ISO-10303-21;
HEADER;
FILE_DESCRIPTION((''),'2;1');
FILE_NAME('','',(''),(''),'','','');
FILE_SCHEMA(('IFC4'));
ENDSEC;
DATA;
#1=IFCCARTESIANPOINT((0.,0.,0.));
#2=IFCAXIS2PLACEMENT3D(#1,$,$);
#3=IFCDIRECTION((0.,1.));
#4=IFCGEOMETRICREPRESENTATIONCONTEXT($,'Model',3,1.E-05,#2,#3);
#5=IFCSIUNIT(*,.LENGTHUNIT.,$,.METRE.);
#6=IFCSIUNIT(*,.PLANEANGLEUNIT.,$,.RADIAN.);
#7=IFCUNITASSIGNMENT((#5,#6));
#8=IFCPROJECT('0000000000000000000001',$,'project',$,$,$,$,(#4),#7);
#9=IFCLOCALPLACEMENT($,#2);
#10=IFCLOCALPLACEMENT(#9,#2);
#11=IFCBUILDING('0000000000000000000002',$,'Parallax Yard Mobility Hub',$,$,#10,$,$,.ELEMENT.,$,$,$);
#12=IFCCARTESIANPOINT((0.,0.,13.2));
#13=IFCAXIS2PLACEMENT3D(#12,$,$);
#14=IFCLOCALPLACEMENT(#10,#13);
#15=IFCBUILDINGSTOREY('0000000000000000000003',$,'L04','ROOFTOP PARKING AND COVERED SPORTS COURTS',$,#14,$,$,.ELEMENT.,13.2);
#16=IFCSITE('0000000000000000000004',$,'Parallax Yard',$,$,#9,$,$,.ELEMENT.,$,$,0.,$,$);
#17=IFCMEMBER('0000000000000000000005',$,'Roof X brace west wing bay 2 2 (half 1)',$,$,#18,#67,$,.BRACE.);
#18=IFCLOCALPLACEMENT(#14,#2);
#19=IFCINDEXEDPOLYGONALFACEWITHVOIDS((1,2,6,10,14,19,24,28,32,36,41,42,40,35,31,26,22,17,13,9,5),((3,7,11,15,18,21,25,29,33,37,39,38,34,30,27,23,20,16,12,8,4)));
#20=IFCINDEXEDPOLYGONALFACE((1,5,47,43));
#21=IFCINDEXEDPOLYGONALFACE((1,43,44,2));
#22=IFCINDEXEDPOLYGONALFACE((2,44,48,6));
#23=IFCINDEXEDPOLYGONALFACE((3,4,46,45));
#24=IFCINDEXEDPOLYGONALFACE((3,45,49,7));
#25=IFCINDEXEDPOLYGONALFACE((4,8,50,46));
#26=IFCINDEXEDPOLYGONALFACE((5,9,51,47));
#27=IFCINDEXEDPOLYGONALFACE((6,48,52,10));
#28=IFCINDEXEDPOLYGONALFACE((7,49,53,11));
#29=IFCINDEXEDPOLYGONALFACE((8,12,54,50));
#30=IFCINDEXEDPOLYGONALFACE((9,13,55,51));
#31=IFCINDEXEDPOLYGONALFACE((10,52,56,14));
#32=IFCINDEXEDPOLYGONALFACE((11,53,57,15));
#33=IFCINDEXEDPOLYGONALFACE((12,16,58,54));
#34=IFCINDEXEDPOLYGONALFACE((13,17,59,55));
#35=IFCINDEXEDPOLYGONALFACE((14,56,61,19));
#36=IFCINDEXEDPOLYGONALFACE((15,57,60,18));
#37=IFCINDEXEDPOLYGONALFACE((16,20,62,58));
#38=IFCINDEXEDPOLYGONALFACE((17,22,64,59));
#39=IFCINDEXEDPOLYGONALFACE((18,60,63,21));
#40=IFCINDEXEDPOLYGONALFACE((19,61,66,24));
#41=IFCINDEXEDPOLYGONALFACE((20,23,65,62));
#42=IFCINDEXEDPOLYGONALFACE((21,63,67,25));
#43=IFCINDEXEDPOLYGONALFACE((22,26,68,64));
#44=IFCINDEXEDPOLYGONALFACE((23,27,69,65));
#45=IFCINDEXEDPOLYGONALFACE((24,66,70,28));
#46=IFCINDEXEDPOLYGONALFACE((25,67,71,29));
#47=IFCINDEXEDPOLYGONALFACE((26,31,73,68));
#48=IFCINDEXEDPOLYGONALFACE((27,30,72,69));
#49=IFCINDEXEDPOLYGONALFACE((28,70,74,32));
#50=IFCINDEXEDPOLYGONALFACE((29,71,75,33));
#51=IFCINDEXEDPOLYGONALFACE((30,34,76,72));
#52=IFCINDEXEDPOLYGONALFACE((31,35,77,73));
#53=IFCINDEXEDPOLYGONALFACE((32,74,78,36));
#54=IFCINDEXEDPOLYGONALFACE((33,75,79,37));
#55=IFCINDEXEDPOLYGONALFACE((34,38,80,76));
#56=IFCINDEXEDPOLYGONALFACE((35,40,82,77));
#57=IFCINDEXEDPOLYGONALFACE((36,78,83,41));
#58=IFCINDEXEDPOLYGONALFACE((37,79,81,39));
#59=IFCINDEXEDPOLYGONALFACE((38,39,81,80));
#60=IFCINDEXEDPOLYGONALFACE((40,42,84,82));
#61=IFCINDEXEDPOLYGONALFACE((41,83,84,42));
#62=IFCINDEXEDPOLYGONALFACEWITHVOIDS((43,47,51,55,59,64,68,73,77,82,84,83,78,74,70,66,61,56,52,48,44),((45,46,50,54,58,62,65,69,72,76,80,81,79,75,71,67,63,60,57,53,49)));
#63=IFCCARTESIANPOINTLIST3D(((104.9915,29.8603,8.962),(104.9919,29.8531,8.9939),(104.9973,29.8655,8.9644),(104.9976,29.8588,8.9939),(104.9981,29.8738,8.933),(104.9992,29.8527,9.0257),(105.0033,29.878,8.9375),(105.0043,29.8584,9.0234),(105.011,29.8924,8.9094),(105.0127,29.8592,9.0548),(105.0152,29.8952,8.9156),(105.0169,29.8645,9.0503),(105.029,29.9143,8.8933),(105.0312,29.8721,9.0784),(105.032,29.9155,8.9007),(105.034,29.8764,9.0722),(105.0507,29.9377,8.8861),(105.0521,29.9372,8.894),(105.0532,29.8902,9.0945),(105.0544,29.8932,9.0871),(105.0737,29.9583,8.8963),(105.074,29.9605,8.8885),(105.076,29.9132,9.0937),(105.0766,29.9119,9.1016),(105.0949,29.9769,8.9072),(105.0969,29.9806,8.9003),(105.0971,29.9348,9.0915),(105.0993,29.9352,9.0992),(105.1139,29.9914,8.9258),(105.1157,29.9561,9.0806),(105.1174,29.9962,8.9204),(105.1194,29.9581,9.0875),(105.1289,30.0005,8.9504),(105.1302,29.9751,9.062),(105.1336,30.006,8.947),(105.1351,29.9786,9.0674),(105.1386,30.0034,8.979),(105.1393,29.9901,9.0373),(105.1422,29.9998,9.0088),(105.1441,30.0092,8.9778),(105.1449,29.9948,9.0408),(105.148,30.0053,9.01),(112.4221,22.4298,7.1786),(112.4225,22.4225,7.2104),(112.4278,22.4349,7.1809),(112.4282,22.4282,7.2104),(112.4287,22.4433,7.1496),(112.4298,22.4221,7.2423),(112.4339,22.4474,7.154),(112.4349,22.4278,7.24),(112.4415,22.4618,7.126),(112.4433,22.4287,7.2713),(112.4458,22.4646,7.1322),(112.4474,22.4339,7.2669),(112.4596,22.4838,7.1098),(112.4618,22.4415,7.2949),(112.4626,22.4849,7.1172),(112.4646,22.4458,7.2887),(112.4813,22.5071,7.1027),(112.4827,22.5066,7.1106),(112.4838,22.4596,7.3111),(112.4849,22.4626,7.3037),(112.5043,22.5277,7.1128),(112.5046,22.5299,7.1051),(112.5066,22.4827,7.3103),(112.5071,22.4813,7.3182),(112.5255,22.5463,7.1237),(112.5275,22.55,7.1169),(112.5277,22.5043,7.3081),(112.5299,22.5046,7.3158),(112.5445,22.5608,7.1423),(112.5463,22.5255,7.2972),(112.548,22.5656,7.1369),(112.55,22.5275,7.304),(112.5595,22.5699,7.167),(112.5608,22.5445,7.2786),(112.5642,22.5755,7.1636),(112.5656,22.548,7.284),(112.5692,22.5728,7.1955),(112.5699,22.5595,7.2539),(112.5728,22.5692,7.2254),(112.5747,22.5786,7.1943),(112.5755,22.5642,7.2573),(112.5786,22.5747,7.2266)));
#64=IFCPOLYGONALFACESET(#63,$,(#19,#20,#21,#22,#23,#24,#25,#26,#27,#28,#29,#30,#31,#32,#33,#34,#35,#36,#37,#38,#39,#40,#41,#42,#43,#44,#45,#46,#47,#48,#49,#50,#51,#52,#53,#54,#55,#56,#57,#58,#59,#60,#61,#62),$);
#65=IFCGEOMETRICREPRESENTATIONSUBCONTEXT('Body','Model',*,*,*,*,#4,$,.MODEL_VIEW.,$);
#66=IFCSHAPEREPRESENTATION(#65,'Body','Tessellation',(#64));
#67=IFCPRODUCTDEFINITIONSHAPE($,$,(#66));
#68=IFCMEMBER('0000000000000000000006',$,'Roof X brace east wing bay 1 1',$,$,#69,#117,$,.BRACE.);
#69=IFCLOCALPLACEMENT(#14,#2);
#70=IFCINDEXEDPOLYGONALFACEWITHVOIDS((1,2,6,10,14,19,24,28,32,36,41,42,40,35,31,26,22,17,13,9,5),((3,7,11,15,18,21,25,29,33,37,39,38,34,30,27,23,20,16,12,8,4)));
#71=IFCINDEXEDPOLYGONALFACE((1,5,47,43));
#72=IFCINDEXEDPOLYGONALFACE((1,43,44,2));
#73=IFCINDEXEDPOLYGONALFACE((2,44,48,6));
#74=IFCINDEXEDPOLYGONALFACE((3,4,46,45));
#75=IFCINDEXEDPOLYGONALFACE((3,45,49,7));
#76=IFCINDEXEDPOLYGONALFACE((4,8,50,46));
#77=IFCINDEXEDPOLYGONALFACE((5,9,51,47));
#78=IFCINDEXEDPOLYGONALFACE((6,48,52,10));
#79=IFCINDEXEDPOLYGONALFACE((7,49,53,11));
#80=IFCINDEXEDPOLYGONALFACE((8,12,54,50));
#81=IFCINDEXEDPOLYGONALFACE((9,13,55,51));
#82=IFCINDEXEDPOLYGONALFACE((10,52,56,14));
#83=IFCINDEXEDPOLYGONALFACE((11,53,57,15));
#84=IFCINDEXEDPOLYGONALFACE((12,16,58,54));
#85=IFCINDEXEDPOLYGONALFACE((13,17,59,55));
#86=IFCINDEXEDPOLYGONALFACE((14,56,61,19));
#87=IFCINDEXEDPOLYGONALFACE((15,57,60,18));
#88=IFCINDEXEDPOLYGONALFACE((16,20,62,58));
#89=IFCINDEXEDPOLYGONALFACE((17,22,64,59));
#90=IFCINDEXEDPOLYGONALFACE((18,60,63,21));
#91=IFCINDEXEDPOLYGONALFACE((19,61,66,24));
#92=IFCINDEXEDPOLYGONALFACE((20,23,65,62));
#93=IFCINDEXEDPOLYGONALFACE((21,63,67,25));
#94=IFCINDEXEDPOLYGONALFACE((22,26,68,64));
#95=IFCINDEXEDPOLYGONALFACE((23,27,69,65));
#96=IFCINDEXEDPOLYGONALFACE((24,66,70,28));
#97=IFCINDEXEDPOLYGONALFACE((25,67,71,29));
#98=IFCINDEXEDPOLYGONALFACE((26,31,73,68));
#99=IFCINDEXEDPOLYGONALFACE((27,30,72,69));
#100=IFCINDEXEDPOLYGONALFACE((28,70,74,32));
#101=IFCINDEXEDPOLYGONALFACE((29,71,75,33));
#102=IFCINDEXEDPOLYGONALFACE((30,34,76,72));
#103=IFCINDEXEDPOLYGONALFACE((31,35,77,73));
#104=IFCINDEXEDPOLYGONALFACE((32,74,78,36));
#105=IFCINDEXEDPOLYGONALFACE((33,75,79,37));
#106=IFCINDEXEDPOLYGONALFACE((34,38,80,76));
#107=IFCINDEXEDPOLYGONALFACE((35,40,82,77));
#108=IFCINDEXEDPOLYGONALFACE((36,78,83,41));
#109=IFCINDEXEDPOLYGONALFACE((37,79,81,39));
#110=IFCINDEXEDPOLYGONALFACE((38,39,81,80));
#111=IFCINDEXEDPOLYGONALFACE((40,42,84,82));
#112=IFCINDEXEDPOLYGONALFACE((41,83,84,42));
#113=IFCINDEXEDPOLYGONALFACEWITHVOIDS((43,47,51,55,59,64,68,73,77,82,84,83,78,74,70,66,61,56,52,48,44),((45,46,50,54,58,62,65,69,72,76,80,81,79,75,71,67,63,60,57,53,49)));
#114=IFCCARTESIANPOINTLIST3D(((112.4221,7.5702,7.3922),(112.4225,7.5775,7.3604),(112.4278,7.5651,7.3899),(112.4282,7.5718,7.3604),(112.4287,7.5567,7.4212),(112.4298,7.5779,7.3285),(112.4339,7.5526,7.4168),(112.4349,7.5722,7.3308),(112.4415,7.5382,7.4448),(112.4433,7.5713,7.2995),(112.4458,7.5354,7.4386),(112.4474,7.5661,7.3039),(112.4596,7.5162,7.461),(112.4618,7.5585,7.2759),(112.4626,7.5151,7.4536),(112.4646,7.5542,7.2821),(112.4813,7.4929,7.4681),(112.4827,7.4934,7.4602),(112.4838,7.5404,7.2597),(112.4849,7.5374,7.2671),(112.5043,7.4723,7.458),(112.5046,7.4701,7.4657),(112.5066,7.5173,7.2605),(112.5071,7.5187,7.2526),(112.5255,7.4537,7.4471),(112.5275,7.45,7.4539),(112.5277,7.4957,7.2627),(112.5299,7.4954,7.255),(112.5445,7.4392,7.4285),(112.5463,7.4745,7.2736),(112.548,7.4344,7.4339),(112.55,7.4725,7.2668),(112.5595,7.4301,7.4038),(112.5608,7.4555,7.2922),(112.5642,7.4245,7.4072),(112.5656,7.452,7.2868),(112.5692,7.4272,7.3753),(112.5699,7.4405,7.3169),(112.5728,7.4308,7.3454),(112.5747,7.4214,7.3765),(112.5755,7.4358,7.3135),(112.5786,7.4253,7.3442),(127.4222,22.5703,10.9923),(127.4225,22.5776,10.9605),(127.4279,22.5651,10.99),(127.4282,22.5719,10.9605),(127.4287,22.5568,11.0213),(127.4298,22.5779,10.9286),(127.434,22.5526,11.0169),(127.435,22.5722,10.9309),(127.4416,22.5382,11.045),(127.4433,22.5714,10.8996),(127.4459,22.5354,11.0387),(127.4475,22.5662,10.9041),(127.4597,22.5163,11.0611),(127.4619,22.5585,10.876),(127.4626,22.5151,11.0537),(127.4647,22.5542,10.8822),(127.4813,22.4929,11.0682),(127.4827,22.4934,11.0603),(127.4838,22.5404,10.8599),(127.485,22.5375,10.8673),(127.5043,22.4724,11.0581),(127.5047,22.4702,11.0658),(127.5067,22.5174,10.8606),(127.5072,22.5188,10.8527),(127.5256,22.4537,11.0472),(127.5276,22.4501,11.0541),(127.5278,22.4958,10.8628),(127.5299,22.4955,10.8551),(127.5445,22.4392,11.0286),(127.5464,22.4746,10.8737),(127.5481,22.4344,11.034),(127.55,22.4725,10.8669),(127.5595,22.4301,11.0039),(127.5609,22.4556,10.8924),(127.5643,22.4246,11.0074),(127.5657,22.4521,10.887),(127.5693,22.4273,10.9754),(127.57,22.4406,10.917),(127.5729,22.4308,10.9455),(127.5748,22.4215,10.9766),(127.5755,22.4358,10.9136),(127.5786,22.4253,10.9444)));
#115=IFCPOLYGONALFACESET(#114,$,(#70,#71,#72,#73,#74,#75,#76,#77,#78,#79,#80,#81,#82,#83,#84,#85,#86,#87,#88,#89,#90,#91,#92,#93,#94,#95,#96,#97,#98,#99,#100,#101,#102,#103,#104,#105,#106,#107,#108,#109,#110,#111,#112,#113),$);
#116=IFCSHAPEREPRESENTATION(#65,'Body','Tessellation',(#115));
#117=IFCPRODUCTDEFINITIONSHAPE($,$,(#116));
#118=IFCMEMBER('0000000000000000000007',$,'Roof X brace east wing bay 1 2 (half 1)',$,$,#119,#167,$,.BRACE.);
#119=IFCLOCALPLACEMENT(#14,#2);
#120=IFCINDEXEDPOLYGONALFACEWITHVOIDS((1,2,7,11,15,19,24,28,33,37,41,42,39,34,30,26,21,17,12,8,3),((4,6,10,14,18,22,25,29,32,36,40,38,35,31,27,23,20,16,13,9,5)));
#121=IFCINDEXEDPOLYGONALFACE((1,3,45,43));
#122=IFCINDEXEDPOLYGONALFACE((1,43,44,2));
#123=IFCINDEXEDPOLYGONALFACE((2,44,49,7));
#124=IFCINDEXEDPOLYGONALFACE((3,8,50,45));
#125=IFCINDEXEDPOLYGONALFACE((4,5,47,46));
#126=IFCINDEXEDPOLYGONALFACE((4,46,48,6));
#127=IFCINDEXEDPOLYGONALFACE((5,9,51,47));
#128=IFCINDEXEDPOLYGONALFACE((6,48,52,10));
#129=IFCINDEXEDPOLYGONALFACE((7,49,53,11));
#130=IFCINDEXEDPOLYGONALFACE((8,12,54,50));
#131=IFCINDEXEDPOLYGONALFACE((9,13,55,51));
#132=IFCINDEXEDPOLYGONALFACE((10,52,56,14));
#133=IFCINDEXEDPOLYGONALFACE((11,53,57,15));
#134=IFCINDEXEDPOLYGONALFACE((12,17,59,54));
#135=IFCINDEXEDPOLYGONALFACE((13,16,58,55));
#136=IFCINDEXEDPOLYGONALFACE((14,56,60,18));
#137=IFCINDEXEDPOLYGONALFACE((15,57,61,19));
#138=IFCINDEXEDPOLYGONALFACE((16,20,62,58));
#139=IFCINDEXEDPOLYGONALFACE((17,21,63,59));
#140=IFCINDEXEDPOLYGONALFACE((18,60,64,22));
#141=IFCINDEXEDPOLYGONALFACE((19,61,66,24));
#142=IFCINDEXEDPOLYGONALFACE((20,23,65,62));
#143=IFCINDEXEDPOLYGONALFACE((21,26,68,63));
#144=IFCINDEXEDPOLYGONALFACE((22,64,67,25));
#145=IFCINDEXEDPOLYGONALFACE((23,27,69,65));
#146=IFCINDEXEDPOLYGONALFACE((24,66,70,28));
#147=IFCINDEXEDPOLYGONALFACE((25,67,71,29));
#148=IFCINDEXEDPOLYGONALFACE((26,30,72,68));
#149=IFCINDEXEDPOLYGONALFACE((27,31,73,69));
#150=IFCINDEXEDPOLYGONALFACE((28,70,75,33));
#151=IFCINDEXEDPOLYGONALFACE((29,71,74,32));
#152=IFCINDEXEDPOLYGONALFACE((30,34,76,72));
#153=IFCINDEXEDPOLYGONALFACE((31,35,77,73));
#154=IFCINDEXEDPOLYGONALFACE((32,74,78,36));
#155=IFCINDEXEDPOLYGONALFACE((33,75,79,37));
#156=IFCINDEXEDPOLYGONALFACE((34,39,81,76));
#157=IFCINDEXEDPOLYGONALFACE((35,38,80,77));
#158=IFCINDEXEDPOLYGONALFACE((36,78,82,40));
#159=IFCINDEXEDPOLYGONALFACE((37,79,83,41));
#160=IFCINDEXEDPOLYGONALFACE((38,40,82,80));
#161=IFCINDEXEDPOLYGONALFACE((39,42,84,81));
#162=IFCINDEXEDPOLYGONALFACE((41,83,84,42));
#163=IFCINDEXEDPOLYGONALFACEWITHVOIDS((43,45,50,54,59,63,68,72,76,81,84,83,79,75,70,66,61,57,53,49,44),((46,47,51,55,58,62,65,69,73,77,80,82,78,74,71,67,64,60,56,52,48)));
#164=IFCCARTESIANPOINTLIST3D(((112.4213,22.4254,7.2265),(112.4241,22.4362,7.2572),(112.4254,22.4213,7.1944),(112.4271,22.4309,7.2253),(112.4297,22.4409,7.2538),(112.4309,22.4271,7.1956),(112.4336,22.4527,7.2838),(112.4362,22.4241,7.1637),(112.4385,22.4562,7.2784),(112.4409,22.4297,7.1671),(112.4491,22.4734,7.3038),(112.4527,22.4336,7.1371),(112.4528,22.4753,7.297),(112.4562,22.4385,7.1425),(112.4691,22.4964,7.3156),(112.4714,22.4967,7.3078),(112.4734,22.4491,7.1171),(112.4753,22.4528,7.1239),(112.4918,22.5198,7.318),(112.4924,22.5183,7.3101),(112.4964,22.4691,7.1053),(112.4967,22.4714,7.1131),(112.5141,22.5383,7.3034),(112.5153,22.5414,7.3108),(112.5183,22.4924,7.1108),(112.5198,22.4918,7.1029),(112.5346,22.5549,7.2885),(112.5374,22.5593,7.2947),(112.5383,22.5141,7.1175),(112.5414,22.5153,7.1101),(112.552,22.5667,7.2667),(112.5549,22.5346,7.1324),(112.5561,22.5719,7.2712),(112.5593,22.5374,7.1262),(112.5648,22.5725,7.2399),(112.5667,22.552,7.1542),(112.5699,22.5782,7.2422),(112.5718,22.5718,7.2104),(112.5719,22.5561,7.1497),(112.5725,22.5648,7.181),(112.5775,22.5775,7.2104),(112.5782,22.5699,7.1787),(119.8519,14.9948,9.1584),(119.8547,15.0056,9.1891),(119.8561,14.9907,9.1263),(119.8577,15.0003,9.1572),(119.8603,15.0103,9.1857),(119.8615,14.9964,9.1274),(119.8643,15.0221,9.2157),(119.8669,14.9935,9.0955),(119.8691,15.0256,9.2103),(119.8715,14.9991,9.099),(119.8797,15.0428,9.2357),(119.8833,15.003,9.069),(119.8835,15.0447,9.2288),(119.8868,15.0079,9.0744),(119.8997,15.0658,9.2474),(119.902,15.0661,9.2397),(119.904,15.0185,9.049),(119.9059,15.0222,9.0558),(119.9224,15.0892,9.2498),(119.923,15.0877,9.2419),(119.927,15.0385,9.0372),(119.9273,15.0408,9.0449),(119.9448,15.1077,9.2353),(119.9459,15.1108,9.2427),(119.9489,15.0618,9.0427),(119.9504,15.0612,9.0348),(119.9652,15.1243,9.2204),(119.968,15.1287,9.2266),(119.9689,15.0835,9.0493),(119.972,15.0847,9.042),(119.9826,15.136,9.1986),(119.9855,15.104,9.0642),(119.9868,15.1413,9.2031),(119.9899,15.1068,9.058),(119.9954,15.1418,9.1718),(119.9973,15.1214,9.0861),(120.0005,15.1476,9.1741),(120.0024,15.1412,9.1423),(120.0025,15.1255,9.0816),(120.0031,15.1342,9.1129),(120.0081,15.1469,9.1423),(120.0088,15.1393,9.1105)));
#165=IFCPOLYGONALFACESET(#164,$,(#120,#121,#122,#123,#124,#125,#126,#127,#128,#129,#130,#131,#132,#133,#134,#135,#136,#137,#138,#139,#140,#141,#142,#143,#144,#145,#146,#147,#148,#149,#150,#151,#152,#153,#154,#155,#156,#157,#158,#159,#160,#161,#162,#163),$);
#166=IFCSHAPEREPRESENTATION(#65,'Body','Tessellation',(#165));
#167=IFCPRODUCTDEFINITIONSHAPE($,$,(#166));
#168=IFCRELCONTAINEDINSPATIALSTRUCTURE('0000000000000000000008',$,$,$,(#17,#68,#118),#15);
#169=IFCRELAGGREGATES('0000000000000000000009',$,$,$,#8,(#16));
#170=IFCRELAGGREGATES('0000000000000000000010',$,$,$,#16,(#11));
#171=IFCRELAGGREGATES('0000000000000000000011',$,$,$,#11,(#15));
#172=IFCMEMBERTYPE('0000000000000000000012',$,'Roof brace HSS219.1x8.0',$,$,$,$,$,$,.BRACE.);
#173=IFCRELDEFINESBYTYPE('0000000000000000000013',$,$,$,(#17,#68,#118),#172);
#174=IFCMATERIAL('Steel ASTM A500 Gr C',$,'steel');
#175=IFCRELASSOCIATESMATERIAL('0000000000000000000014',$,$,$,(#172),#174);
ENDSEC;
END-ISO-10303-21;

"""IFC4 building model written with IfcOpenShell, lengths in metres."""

from ifc_helpers import new_model, si_unit, direction, frame, origin, origin_2d, place, context, subcontext, project, spatial, hollow_circle, extrude, material, material_profile, profile_set, type_object, element, save


model = new_model("IFC4")

# Units and contexts
model_context = context("Model", 3, precision=1e-05, world=origin(), true_north=direction((0.0, 1.0)))
body_context = subcontext(model_context, "Body", "Model", "MODEL_VIEW")
ifc_project = project(units=[si_unit("LENGTHUNIT", "METRE"), si_unit("PLANEANGLEUNIT", "RADIAN")], contexts=[model_context])

# Site, building, storey
site_placement = place(None, origin())
site = spatial("IfcSite", under=ifc_project, at=site_placement, Name="Parallax Yard", CompositionType="ELEMENT", RefElevation=0.0)
building_placement = place(site_placement, origin())
building = spatial("IfcBuilding", under=site, at=building_placement, Name="Parallax Yard Mobility Hub", CompositionType="ELEMENT")
storey_placement = place(building_placement, frame((0.0, 0.0, 13.2)))
storey = spatial("IfcBuildingStorey", under=building, at=storey_placement, Name="L04", Description="ROOFTOP PARKING AND COVERED SPORTS COURTS", CompositionType="ELEMENT", Elevation=13.2)

# Members
ifc_material_1 = material(Name="Steel ASTM A500 Gr C", Category="steel")
ifc_material_profile_1 = material_profile(ifc_material_1, hollow_circle(Radius=0.1096, WallThickness=0.0081, at=origin_2d()), Name="HSS219.1x8.0")
ifc_profile_set_1 = profile_set([ifc_material_profile_1], Name="Steel ASTM A500 Gr C")
member_type_1 = type_object("IfcMemberType", Name="Roof brace HSS219.1x8.0", PredefinedType="BRACE", material=ifc_profile_set_1)
for number, where, z_axis, x_axis, name in (
    (1, (112.5, 22.5, 7.2104), (-0.697138, 0.697138, 0.167321), (-0.707107, -0.707107, 0.0), "Roof X brace west wing bay 2 2 (half 1)"),
):
    element("IfcMember", number, at=place(storey_placement, frame(where, z_axis=z_axis, x_axis=x_axis)), inside=storey, type_object=member_type_1, Name=name, PredefinedType="BRACE", context=body_context, shape_type="SweptSolid", body=[
        extrude(hollow_circle(Radius=0.1096, WallThickness=0.0081, at=origin_2d()), origin(), (0.0, 0.0, 1.0), 10.6587),
    ])
member_1_placement = place(storey_placement, frame((112.5, 7.5, 7.3604), z_axis=(0.697139, 0.697139, 0.167318), x_axis=(-0.707107, 0.707107, 0.0)))
element("IfcMember", 2, at=member_1_placement, inside=storey, type_object=member_type_1, Name="Roof X brace east wing bay 1 1", PredefinedType="BRACE", context=body_context, shape_type="SweptSolid", body=[
    extrude(hollow_circle(Radius=0.1096, WallThickness=0.0081, at=origin_2d()), origin(), (0.0, 0.0, 1.0), 21.5166),
])
member_2_placement = place(storey_placement, frame((112.5, 22.5, 7.2104), z_axis=(0.695452, -0.695452, 0.180809), x_axis=(0.707107, 0.707107, 0.0)))
element("IfcMember", 3, at=member_2_placement, inside=storey, type_object=member_type_1, Name="Roof X brace east wing bay 1 2 (half 1)", PredefinedType="BRACE", context=body_context, shape_type="SweptSolid", body=[
    extrude(hollow_circle(Radius=0.1096, WallThickness=0.0081, at=origin_2d()), origin(), (0.0, 0.0, 1.0), 10.6846),
])

save(model, "model.ifc")
